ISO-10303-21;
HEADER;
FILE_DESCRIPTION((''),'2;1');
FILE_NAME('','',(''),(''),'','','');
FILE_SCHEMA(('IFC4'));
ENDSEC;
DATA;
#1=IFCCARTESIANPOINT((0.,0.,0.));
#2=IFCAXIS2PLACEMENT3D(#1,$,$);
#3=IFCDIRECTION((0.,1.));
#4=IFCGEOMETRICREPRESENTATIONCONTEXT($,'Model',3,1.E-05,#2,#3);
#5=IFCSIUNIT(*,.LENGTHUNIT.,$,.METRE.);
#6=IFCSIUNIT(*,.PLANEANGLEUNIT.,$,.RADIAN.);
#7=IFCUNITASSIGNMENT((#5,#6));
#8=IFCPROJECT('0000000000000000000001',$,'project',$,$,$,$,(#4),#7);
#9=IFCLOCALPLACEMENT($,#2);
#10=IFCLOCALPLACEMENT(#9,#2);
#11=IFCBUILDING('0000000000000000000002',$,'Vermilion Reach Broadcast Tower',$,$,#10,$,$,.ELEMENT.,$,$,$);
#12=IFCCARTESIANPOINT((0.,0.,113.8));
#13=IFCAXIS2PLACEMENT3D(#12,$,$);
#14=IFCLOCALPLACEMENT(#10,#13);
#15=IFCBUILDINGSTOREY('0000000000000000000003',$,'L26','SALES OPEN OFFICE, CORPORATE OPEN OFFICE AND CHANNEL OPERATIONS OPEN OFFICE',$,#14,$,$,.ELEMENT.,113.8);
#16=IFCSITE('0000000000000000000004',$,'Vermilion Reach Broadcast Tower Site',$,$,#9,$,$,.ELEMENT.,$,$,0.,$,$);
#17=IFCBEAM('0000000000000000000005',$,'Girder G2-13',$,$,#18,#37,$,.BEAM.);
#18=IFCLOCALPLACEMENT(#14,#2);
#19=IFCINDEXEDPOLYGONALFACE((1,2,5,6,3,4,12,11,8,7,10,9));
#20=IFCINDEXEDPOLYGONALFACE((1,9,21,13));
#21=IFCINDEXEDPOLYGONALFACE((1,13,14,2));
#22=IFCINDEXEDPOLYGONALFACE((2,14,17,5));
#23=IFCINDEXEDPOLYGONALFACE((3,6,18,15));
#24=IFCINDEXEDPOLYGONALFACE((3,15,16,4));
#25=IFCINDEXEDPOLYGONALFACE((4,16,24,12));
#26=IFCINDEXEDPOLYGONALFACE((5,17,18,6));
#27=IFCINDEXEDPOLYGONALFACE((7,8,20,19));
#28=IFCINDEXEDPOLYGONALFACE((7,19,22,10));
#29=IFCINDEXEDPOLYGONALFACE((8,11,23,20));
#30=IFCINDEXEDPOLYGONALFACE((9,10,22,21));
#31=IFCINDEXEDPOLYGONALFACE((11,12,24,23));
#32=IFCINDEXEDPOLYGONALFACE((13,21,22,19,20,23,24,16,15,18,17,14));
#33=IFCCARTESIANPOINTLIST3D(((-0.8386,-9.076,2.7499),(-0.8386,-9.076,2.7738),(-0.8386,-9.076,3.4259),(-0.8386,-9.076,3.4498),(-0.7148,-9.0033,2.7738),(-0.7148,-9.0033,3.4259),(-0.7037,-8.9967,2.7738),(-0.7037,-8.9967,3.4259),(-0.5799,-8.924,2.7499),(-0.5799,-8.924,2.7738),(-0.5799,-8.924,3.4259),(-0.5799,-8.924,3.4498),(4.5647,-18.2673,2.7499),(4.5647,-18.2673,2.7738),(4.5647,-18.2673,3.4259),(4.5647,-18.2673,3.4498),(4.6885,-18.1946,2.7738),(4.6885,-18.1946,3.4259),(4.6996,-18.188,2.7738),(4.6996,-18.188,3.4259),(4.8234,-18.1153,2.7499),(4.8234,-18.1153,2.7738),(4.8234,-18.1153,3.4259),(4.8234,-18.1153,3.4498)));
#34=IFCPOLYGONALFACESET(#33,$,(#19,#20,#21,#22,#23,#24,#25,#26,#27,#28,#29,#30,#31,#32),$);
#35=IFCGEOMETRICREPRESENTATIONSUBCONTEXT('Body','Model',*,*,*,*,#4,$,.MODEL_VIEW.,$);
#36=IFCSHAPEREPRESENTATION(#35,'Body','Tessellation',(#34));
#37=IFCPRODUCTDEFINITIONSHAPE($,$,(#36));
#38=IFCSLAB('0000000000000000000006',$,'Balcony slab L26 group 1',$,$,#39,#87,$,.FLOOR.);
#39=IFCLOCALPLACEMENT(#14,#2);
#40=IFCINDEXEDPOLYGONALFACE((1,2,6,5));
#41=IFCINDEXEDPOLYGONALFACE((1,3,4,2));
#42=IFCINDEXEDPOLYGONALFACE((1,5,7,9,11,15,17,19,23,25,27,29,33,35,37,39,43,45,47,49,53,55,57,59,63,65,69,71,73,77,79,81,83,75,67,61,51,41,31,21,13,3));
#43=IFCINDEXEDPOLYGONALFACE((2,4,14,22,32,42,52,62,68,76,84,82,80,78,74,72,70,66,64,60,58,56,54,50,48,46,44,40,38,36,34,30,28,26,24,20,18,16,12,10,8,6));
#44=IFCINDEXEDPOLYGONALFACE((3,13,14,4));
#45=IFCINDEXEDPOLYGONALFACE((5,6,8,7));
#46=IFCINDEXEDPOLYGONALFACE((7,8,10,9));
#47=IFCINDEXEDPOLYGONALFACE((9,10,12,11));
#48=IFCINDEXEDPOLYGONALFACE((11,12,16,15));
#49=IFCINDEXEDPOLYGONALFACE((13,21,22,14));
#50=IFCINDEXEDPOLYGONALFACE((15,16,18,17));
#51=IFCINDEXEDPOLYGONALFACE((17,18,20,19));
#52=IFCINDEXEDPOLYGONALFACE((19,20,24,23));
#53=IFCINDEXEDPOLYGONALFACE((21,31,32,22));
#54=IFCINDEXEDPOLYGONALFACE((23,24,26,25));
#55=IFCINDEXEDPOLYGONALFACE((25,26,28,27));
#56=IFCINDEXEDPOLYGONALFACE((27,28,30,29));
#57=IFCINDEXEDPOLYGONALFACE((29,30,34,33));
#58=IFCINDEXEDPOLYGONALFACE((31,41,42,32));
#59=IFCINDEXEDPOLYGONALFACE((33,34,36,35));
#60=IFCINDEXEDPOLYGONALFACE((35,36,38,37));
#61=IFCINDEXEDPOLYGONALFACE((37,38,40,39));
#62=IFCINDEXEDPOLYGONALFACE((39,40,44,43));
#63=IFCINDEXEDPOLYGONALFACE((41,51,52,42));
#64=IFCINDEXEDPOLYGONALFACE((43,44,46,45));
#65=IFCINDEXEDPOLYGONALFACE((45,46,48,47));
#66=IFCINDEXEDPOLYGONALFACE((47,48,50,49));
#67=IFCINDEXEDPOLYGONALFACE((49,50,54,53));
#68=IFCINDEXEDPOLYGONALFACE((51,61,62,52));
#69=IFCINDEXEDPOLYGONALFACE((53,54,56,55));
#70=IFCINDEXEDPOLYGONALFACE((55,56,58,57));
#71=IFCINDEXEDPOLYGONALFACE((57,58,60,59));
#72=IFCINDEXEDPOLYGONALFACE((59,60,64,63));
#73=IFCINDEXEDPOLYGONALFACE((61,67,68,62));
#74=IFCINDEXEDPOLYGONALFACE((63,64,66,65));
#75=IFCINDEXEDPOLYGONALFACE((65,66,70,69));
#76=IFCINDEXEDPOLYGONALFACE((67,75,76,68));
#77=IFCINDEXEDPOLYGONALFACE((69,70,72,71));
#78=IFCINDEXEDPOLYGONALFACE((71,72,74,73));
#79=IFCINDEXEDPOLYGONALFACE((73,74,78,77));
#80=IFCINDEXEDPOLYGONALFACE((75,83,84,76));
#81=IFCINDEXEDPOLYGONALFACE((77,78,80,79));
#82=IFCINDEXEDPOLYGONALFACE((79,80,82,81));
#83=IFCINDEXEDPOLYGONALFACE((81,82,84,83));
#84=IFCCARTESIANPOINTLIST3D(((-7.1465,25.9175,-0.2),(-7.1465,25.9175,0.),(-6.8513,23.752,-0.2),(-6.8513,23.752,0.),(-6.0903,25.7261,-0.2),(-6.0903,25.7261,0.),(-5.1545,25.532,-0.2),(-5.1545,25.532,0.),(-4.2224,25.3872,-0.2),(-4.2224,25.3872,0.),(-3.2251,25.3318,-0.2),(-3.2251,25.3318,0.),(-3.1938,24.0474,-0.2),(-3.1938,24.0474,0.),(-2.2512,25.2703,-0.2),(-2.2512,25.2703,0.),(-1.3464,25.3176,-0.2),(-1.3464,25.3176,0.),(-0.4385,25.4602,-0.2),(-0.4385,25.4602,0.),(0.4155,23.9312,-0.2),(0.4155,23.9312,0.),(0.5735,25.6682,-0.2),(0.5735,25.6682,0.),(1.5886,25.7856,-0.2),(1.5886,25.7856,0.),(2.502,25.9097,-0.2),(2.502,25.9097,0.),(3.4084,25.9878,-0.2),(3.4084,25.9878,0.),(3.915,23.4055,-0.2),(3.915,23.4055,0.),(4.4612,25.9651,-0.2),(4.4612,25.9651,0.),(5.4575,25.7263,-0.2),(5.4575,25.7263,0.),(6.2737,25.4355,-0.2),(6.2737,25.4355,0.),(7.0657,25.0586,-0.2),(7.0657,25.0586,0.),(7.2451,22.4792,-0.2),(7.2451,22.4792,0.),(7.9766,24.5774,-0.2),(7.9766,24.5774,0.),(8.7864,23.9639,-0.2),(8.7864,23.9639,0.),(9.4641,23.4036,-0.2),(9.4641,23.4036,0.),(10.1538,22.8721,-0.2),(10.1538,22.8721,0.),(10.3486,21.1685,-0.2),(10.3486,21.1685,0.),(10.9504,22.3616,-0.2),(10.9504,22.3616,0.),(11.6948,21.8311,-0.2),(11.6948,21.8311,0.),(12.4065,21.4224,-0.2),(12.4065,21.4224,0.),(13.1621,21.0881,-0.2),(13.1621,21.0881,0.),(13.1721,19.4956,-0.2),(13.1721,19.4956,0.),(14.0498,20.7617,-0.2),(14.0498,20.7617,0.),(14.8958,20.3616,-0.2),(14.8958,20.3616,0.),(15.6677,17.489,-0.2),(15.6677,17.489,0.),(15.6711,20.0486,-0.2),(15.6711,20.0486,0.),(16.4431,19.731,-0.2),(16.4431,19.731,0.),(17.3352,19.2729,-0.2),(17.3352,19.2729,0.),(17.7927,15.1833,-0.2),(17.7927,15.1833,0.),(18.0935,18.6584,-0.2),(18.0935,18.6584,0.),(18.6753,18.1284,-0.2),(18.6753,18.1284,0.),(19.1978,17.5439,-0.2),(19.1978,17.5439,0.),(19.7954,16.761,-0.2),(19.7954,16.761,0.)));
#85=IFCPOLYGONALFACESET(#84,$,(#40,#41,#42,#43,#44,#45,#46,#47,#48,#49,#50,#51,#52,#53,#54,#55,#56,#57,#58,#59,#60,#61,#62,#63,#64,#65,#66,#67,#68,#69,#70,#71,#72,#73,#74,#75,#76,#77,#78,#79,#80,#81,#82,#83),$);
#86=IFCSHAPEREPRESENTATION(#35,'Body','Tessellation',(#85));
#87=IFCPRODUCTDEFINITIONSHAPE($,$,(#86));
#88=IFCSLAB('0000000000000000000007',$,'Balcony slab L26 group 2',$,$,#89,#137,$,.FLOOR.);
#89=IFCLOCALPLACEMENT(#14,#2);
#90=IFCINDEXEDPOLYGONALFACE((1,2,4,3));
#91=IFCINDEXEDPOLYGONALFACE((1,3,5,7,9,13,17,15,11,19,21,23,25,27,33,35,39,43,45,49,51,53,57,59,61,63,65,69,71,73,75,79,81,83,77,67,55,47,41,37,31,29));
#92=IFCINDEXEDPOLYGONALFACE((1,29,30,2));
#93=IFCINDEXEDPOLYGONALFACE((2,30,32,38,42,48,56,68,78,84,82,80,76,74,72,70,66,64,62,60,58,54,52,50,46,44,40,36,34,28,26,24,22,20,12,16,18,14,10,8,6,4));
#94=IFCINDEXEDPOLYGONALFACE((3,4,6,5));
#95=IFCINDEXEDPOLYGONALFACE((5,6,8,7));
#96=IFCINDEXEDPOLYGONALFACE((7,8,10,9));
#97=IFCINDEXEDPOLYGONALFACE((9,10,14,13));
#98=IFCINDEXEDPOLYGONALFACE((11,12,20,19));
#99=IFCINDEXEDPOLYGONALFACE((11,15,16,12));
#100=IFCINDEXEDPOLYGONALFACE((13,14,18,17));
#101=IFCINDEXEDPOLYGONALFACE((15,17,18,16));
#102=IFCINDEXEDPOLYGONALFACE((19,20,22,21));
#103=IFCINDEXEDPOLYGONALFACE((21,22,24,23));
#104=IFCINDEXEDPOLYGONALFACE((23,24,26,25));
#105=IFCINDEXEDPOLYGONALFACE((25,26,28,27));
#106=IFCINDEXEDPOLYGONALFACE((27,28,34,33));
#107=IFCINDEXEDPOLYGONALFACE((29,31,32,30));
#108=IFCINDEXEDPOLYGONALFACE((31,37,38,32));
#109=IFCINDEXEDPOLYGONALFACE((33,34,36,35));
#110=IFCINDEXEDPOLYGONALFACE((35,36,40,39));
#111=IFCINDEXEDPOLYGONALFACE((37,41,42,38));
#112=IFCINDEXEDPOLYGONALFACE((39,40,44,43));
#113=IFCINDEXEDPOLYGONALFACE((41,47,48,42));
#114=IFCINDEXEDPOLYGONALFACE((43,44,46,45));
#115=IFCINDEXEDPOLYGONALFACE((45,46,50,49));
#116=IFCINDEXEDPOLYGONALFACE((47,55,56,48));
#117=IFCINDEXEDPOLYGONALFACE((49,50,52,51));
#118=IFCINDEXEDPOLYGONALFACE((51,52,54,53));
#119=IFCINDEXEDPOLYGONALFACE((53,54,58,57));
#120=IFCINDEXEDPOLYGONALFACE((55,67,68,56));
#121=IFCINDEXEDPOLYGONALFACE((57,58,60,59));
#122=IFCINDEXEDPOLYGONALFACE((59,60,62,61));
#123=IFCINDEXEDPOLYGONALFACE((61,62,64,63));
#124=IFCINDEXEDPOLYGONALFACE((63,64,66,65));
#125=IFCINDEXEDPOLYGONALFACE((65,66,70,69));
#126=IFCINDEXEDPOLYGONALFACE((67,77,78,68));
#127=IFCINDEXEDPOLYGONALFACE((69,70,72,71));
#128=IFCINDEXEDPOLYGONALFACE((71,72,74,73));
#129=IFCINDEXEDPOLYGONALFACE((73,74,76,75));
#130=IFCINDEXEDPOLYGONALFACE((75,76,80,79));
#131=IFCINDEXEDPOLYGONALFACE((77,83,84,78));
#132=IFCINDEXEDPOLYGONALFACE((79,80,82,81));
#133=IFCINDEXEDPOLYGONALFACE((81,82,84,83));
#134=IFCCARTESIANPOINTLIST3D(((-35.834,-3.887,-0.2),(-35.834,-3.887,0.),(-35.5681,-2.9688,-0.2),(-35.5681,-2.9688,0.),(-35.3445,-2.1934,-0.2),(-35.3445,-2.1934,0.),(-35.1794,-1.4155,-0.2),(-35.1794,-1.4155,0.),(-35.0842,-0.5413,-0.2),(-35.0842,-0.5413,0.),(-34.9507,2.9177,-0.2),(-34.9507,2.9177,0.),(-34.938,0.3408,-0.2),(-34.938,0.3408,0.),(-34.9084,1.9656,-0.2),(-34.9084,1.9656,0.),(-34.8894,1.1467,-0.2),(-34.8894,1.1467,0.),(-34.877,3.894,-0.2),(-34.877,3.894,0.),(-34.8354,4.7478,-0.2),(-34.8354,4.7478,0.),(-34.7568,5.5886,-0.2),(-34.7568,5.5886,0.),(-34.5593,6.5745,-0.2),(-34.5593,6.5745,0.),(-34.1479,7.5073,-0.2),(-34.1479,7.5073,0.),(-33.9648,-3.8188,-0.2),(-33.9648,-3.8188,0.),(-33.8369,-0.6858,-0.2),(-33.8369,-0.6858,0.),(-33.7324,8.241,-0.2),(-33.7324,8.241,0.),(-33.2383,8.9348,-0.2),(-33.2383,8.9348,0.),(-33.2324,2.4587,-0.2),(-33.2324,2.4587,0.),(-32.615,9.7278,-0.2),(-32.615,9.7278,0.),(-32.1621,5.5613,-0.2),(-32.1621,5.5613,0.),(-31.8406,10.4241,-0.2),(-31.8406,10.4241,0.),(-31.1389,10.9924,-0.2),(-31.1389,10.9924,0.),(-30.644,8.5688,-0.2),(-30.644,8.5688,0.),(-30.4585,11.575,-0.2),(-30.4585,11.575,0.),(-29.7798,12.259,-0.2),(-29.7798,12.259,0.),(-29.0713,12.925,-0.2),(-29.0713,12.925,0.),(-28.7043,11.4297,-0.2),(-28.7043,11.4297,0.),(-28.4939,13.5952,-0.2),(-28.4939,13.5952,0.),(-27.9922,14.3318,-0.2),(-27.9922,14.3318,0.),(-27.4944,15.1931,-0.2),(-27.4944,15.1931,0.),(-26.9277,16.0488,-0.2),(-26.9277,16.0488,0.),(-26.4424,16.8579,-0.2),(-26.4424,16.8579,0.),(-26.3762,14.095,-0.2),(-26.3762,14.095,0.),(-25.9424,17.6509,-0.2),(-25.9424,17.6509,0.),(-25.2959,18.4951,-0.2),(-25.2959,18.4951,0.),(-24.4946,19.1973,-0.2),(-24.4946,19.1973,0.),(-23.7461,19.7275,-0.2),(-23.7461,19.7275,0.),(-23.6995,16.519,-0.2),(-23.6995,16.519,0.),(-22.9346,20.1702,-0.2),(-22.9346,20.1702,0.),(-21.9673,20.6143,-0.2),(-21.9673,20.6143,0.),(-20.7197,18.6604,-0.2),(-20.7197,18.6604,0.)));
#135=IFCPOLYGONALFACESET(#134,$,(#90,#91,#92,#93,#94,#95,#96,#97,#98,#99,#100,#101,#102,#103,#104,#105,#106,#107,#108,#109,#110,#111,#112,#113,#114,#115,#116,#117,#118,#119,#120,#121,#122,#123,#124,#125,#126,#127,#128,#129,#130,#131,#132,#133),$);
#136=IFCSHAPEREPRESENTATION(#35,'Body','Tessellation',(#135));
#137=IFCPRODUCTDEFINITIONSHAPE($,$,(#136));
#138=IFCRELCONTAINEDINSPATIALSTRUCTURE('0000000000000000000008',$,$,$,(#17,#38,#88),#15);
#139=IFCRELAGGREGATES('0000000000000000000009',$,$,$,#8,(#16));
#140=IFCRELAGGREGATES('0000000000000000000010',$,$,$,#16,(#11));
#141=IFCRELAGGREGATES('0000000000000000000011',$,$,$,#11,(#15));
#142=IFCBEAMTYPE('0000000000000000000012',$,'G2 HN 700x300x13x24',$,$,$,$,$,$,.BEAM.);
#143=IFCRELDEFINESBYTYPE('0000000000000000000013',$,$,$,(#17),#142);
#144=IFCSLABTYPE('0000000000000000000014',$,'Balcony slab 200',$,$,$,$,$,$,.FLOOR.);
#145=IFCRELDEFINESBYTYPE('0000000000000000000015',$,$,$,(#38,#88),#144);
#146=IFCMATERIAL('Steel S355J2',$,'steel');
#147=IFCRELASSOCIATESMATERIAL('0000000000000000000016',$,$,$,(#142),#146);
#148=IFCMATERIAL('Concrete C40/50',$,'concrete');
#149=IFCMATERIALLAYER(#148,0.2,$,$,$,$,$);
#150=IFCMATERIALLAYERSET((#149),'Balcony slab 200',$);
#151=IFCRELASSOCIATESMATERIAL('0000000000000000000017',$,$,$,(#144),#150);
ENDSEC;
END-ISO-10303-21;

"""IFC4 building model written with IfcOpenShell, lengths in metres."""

from ifc_helpers import new_model, si_unit, direction, frame, origin, origin_2d, place, context, subcontext, project, spatial, polyline, i_section, outline, extrude, material, layer, layer_set, material_profile, profile_set, type_object, element, save


model = new_model("IFC4")

# Units and contexts
model_context = context("Model", 3, precision=1e-05, world=origin(), true_north=direction((0.0, 1.0)))
body_context = subcontext(model_context, "Body", "Model", "MODEL_VIEW")
ifc_project = project(units=[si_unit("LENGTHUNIT", "METRE"), si_unit("PLANEANGLEUNIT", "RADIAN")], contexts=[model_context])

# Site, building, storey
site_placement = place(None, origin())
site = spatial("IfcSite", under=ifc_project, at=site_placement, Name="Vermilion Reach Broadcast Tower Site", CompositionType="ELEMENT", RefElevation=0.0)
building_placement = place(site_placement, origin())
building = spatial("IfcBuilding", under=site, at=building_placement, Name="Vermilion Reach Broadcast Tower", CompositionType="ELEMENT")
storey_placement = place(building_placement, frame((0.0, 0.0, 113.8)))
storey = spatial("IfcBuildingStorey", under=building, at=storey_placement, Name="L26", Description="SALES OPEN OFFICE, CORPORATE OPEN OFFICE AND CHANNEL OPERATIONS OPEN OFFICE", CompositionType="ELEMENT", Elevation=113.8)

# Beam
ifc_material_1 = material(Name="Steel S355J2", Category="steel")
ifc_material_profile = material_profile(ifc_material_1, i_section(OverallWidth=0.3, OverallDepth=0.7, WebThickness=0.0129, FlangeThickness=0.0239, at=origin_2d()), Name="S355J2 HN 700x300x13x24")
ifc_profile_set = profile_set([ifc_material_profile], Name="Steel S355J2")
beam_type = type_object("IfcBeamType", Name="G2 HN 700x300x13x24", PredefinedType="BEAM", material=ifc_profile_set)
beam_placement = place(storey_placement, frame((-0.7092, -9.0, 3.0999), z_axis=(0.506784, -0.862073, 0.0), x_axis=(0.862073, 0.506784, 0.0)))
element("IfcBeam", 1, at=beam_placement, inside=storey, type_object=beam_type, Name="Girder G2-13", PredefinedType="BEAM", context=body_context, shape_type="SweptSolid", body=[
    extrude(i_section(OverallWidth=0.3, OverallDepth=0.7, WebThickness=0.0129, FlangeThickness=0.0239, at=origin_2d()), origin(), (0.0, 0.0, 1.0), 10.6619),
])

# Slabs
ifc_material_2 = material(Name="Concrete C40/50", Category="concrete")
ifc_layer_1 = layer(ifc_material_2, 0.2)
ifc_layer_set_1 = layer_set([ifc_layer_1], Name="Balcony slab 200")
slab_type_1 = type_object("IfcSlabType", Name="Balcony slab 200", PredefinedType="FLOOR", material=ifc_layer_set_1)
placement_1 = place(storey_placement, frame((0.0, 0.0, -0.2)))
element("IfcSlab", 2, at=placement_1, inside=storey, type_object=slab_type_1, Name="Balcony slab L26 group 1", PredefinedType="FLOOR", context=body_context, shape_type="SweptSolid", body=[
    extrude(outline(polyline([(17.7927, 15.1833), (15.6677, 17.489), (13.1721, 19.4956), (10.3486, 21.1685), (7.2451, 22.4792), (3.915, 23.4055), (0.4155, 23.9312), (-3.1938, 24.0474), (-6.8513, 23.752), (-7.1465, 25.9175), (-6.0903, 25.7261), (-5.1545, 25.532), (-4.2224, 25.3872), (-3.2251, 25.3318), (-2.2512, 25.2703), (-1.3464, 25.3176), (-0.4385, 25.4602), (0.5735, 25.6682), (1.5886, 25.7856), (2.502, 25.9097), (3.4084, 25.9878), (4.4612, 25.9651), (5.4575, 25.7263), (6.2737, 25.4355), (7.0657, 25.0586), (7.9766, 24.5774), (8.7864, 23.9639), (9.4641, 23.4036), (10.1538, 22.8721), (10.9504, 22.3616), (11.6948, 21.8311), (12.4065, 21.4224), (13.1621, 21.0881), (14.0498, 20.7617), (14.8958, 20.3616), (15.6711, 20.0486), (16.4431, 19.731), (17.3352, 19.2729), (18.0935, 18.6584), (18.6753, 18.1284), (19.1978, 17.5439), (19.7954, 16.761), (17.7927, 15.1833)])), origin(), (0.0, 0.0, 1.0), 0.2),
])
element("IfcSlab", 3, at=placement_1, inside=storey, type_object=slab_type_1, Name="Balcony slab L26 group 2", PredefinedType="FLOOR", context=body_context, shape_type="SweptSolid", body=[
    extrude(outline(polyline([(-20.7197, 18.6604), (-23.6995, 16.519), (-26.3762, 14.095), (-28.7043, 11.4297), (-30.644, 8.5688), (-32.1621, 5.5613), (-33.2324, 2.4587), (-33.8369, -0.6858), (-33.9648, -3.8188), (-35.834, -3.887), (-35.5681, -2.9688), (-35.3445, -2.1934), (-35.1794, -1.4155), (-35.0842, -0.5413), (-34.938, 0.3408), (-34.8894, 1.1467), (-34.9084, 1.9656), (-34.9507, 2.9177), (-34.877, 3.894), (-34.8354, 4.7478), (-34.7568, 5.5886), (-34.5593, 6.5745), (-34.1479, 7.5073), (-33.7324, 8.241), (-33.2383, 8.9348), (-32.615, 9.7278), (-31.8406, 10.4241), (-31.1389, 10.9924), (-30.4585, 11.575), (-29.7798, 12.259), (-29.0713, 12.925), (-28.4939, 13.5952), (-27.9922, 14.3318), (-27.4944, 15.1931), (-26.9277, 16.0488), (-26.4424, 16.8579), (-25.9424, 17.6509), (-25.2959, 18.4951), (-24.4946, 19.1973), (-23.7461, 19.7275), (-22.9346, 20.1702), (-21.9673, 20.6143), (-20.7197, 18.6604)])), origin(), (0.0, 0.0, 1.0), 0.2),
])

save(model, "model.ifc")
